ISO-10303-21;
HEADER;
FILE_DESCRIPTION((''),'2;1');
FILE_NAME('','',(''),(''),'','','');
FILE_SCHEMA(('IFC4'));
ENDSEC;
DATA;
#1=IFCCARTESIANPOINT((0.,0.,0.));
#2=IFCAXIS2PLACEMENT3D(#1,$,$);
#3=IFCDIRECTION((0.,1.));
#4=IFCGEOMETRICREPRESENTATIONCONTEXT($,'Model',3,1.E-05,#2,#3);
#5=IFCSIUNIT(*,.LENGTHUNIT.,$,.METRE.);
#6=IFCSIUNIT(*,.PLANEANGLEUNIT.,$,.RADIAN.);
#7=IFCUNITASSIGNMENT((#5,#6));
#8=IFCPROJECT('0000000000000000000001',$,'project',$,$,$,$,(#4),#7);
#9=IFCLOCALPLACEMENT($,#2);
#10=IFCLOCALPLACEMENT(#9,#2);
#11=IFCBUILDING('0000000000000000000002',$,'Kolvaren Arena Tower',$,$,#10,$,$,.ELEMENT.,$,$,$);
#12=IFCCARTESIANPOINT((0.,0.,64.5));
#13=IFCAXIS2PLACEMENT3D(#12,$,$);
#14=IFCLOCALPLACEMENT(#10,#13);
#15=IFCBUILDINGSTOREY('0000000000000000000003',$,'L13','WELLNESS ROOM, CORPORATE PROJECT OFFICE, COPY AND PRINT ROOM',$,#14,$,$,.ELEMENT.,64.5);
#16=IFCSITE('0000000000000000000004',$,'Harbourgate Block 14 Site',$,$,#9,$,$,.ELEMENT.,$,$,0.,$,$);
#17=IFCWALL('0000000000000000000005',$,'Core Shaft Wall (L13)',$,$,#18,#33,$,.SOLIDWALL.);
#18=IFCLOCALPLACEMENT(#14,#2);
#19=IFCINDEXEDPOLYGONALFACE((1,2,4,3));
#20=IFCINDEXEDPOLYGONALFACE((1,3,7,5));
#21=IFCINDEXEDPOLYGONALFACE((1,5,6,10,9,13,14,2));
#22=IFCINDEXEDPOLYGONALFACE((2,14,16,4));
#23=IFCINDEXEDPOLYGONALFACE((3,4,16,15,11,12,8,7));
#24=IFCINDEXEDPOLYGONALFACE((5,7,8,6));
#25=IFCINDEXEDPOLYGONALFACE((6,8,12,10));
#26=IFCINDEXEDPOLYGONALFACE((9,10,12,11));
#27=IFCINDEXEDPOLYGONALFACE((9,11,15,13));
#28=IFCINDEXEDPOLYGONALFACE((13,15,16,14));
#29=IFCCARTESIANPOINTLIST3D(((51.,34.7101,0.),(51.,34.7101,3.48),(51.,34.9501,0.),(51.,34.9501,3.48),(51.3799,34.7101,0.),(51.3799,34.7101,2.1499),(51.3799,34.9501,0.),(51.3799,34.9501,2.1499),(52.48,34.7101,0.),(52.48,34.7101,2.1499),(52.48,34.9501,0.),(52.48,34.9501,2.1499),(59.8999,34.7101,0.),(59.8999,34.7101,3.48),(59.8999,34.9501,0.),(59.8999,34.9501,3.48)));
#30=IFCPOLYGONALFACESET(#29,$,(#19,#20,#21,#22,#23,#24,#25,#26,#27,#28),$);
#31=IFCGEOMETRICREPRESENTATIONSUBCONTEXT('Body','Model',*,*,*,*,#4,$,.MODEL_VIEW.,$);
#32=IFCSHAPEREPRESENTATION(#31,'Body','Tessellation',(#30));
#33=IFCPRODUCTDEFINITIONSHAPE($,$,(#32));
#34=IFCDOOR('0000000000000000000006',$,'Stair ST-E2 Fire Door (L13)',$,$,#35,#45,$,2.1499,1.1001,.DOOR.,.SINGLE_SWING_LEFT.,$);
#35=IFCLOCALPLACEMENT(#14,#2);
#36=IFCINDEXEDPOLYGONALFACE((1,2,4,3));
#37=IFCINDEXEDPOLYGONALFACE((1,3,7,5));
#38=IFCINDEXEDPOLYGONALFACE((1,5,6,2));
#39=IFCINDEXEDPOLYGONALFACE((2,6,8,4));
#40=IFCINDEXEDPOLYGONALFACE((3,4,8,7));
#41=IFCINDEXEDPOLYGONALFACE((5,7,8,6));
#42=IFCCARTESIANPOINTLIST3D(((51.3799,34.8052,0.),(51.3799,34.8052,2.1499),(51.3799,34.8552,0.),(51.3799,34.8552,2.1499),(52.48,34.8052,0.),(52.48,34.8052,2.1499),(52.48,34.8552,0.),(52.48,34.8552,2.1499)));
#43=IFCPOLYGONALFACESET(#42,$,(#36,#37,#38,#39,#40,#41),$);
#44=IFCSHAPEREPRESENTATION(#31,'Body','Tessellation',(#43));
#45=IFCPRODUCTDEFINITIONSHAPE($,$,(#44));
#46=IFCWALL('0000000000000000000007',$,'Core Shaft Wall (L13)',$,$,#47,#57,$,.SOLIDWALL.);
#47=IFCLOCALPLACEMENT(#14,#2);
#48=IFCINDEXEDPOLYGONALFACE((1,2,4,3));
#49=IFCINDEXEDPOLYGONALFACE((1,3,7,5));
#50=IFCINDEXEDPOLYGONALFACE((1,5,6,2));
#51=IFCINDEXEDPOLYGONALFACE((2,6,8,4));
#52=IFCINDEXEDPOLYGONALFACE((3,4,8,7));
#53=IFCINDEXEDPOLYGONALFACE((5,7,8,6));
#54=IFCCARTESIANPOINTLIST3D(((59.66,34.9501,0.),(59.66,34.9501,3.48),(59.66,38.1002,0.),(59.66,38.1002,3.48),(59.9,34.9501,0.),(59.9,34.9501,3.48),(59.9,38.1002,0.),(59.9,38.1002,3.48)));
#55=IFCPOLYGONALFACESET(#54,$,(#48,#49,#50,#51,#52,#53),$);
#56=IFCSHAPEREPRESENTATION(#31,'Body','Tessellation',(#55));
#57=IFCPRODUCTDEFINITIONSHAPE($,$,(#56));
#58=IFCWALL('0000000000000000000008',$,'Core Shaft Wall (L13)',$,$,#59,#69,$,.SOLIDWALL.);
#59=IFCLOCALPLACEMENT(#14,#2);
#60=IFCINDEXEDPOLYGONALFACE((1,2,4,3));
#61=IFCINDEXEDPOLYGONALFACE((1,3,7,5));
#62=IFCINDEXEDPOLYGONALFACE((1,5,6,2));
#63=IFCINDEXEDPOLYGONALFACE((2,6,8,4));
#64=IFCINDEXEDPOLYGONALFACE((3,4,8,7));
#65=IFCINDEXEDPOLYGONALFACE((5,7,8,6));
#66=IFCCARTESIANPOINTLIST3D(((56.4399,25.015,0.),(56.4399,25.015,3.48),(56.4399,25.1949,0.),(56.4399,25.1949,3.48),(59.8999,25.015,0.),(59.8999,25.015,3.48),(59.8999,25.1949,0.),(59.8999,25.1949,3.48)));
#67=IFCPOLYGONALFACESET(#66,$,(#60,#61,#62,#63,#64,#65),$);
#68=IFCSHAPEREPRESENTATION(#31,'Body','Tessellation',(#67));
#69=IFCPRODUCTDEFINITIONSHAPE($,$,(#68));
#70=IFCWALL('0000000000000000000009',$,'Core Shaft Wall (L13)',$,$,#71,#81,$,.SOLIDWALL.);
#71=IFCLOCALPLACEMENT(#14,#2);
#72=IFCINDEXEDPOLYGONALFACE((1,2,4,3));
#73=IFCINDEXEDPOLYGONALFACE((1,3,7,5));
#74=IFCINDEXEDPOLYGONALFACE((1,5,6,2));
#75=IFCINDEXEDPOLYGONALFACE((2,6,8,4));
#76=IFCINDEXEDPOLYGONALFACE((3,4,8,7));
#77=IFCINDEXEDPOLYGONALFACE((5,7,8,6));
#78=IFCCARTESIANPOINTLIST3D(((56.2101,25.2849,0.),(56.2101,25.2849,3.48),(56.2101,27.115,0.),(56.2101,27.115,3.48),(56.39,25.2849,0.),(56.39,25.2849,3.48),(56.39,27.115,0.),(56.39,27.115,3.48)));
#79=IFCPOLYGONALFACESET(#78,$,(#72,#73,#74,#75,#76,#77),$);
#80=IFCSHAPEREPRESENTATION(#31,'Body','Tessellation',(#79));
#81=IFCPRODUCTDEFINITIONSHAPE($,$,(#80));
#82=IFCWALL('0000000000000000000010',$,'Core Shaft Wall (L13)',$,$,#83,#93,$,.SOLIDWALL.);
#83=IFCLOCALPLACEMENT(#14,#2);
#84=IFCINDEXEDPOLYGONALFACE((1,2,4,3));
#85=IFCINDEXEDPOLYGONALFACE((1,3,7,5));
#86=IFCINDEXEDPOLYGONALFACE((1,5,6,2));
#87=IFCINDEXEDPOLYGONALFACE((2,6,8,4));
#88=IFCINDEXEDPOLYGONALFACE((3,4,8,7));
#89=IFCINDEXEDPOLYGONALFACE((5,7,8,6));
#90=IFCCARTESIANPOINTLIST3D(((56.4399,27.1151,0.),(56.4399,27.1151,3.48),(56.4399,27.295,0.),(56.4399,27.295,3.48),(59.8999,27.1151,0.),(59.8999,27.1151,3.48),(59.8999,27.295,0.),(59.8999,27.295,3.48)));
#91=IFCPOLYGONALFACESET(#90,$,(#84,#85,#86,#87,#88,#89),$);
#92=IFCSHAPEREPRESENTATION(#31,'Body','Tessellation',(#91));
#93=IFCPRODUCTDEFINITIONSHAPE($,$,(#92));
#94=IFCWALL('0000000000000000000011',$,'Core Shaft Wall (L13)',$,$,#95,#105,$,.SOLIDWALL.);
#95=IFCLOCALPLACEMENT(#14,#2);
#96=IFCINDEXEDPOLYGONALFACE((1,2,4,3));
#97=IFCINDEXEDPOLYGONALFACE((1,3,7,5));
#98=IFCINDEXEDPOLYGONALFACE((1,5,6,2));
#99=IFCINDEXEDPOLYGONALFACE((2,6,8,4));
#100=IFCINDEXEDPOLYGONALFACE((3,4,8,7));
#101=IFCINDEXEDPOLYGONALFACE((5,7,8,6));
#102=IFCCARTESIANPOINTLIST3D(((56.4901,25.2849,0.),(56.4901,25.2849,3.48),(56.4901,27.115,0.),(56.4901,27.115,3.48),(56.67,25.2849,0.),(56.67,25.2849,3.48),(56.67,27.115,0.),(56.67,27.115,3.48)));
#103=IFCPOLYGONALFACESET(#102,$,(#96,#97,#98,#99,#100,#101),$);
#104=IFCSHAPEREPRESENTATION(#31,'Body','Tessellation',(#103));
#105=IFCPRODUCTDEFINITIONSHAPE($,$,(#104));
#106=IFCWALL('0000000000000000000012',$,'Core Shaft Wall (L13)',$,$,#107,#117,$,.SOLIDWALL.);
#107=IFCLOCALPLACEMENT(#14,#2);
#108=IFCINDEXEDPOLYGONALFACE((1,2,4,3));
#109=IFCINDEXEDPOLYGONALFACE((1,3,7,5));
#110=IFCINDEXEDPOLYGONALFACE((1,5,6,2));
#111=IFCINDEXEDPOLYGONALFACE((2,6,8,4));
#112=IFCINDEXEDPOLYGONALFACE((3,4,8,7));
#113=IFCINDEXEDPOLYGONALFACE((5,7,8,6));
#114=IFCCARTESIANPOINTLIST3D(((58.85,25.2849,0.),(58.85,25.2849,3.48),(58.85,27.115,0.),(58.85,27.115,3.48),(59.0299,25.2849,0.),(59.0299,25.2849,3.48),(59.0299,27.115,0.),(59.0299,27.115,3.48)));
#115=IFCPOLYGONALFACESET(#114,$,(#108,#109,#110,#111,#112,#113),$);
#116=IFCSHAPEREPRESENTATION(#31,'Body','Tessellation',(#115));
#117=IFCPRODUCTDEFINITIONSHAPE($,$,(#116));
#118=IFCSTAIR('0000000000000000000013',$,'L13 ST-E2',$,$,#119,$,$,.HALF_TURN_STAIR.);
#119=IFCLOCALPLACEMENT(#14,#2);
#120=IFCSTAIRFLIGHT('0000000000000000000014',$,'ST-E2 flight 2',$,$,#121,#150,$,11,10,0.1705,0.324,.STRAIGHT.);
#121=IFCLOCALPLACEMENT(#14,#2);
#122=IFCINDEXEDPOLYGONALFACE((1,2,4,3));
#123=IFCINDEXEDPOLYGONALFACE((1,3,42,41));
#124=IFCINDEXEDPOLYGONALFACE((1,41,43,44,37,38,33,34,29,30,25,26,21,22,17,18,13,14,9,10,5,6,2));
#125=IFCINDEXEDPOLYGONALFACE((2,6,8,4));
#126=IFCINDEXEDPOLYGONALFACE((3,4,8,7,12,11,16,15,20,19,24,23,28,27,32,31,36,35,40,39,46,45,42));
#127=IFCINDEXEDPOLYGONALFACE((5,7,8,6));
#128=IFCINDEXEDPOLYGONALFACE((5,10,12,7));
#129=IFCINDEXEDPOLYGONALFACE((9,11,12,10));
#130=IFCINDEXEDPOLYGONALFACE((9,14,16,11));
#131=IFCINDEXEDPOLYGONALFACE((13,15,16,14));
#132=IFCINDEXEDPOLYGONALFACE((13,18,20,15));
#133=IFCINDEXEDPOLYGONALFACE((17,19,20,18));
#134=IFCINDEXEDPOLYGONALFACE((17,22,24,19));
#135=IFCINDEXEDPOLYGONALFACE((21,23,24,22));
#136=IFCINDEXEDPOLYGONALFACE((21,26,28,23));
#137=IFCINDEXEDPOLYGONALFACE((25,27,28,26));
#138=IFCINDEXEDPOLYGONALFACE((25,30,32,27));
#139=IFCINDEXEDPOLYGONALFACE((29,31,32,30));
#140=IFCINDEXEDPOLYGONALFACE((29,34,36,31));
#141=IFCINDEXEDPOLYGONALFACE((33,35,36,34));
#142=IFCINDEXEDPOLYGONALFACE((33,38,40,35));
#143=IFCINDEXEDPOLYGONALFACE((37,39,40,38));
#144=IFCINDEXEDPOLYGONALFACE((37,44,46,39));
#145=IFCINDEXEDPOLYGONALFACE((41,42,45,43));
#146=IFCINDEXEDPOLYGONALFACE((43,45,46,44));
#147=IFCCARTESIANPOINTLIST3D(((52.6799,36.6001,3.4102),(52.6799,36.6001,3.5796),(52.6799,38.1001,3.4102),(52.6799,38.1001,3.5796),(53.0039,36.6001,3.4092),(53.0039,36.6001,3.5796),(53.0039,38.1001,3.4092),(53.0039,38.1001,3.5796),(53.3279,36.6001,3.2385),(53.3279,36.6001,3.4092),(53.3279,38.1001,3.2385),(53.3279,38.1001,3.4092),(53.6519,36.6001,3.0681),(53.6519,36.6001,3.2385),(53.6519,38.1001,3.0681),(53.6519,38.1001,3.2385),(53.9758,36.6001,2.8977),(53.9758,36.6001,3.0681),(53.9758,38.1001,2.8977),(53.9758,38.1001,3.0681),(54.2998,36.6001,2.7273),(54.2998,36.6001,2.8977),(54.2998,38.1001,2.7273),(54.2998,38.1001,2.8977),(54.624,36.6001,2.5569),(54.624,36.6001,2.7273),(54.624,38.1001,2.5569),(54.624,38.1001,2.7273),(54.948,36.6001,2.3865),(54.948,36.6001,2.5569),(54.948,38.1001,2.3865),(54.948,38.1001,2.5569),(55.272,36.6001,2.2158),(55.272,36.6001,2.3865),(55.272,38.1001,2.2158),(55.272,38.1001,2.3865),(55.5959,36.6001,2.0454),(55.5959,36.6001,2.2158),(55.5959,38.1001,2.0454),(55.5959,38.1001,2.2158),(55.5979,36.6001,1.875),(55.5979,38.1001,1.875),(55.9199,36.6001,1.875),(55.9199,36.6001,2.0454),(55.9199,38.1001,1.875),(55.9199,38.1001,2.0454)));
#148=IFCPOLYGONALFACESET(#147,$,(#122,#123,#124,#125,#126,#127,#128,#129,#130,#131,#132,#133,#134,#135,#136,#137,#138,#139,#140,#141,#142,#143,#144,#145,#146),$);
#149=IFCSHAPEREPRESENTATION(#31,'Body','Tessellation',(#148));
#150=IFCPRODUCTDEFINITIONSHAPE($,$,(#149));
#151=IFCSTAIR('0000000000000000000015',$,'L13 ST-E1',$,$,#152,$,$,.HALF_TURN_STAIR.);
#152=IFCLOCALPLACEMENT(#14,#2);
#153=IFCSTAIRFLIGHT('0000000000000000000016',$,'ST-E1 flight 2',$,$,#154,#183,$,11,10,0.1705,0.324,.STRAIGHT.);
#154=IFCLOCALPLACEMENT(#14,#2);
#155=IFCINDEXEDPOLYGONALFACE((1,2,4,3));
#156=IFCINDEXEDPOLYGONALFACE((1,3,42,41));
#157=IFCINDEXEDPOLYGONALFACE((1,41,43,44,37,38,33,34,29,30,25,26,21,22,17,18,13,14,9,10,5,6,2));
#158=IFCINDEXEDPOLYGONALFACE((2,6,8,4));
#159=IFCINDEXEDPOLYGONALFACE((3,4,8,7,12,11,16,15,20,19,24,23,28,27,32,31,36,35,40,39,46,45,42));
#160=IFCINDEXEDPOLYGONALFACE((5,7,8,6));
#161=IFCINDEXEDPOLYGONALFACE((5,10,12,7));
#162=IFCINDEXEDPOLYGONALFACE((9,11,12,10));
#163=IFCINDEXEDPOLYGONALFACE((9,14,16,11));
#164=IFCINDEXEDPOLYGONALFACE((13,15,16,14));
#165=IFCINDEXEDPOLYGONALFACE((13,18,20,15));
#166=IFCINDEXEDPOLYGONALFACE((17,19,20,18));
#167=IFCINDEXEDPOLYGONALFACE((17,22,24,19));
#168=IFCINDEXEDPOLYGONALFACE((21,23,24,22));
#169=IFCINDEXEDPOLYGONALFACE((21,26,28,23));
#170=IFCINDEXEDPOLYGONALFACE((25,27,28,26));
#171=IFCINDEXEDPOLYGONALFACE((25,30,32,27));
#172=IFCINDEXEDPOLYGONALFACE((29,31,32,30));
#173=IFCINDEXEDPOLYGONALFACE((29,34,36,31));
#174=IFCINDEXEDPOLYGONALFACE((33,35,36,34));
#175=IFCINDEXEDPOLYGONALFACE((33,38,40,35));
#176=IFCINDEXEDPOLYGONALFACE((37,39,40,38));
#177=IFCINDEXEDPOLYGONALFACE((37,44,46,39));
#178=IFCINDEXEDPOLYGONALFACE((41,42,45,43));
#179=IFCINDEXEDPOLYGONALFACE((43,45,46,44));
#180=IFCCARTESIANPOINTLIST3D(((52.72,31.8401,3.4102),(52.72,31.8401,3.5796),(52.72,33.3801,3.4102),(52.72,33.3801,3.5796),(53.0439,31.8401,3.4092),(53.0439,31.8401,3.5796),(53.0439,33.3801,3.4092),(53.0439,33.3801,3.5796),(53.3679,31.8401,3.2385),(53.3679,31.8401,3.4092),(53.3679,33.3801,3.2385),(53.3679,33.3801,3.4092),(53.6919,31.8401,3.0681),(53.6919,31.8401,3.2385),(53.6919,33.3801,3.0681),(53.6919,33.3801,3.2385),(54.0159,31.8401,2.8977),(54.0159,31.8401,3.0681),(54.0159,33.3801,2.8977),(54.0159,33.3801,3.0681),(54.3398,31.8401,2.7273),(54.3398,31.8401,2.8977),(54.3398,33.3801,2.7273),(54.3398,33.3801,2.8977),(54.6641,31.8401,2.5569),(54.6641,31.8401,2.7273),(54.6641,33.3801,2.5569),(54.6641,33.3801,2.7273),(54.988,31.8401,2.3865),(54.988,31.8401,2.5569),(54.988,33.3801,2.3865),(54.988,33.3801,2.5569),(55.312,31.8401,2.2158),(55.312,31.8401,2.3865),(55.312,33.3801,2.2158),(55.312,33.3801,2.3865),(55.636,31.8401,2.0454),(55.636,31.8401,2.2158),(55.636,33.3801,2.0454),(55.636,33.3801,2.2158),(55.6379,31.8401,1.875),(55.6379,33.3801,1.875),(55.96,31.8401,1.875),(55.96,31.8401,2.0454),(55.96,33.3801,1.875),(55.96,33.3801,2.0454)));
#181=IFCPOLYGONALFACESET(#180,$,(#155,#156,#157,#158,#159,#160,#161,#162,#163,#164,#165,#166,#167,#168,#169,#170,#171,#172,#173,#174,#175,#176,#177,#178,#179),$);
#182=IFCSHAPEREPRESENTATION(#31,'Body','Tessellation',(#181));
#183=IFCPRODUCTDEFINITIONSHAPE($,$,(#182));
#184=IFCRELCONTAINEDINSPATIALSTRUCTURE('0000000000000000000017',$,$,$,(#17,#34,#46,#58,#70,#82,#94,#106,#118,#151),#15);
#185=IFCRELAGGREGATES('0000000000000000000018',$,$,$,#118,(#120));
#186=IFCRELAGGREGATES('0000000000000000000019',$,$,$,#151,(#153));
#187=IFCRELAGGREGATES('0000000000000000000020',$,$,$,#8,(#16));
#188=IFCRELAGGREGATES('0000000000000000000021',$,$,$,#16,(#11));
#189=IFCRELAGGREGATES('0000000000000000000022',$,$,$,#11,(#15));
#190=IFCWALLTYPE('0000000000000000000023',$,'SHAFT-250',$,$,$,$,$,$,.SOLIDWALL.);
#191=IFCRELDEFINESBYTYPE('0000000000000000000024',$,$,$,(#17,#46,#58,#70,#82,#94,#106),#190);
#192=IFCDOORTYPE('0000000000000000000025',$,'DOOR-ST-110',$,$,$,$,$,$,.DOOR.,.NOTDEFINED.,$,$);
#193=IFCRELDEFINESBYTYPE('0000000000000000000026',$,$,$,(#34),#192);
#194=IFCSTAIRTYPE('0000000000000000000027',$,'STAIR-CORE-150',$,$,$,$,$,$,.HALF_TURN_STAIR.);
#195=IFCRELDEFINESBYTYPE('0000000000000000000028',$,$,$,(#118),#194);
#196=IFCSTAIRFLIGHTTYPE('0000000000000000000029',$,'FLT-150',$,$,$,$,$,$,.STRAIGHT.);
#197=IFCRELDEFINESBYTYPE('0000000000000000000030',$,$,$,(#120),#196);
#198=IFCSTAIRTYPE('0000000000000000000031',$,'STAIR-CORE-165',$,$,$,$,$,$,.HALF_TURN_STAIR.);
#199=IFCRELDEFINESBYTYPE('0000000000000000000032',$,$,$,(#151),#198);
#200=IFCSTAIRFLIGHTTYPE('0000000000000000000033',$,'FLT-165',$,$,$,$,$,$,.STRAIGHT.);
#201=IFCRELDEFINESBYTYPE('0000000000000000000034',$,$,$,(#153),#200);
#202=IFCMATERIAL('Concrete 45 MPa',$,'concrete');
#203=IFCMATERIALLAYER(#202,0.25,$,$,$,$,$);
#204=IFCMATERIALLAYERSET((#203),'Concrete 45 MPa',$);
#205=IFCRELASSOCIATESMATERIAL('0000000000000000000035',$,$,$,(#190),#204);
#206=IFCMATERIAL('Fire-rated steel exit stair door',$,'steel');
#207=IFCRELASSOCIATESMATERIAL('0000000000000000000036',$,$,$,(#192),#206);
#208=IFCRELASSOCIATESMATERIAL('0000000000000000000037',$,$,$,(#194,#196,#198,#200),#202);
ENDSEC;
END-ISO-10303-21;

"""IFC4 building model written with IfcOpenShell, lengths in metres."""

from ifc_helpers import new_model, si_unit, direction, frame, frame_2d, origin, place, context, subcontext, project, spatial, polyline, rectangle, outline, extrude, material, layer, layer_set, type_object, element, fill, aggregate, save


model = new_model("IFC4")

# Units and contexts
model_context = context("Model", 3, precision=1e-05, world=origin(), true_north=direction((0.0, 1.0)))
body_context = subcontext(model_context, "Body", "Model", "MODEL_VIEW")
ifc_project = project(units=[si_unit("LENGTHUNIT", "METRE"), si_unit("PLANEANGLEUNIT", "RADIAN")], contexts=[model_context])

# Site, building, storey
site_placement = place(None, origin())
site = spatial("IfcSite", under=ifc_project, at=site_placement, Name="Harbourgate Block 14 Site", CompositionType="ELEMENT", RefElevation=0.0)
building_placement = place(site_placement, origin())
building = spatial("IfcBuilding", under=site, at=building_placement, Name="Kolvaren Arena Tower", CompositionType="ELEMENT")
storey_placement = place(building_placement, frame((0.0, 0.0, 64.5)))
storey = spatial("IfcBuildingStorey", under=building, at=storey_placement, Name="L13", Description="WELLNESS ROOM, CORPORATE PROJECT OFFICE, COPY AND PRINT ROOM", CompositionType="ELEMENT", Elevation=64.5)

# Shared definitions
ifc_material_1 = material(Name="Concrete 45 MPa", Category="concrete")
ifc_layer = layer(ifc_material_1, 0.25)
ifc_layer_set = layer_set([ifc_layer], Name="Concrete 45 MPa")
wall_type = type_object("IfcWallType", Name="SHAFT-250", PredefinedType="SOLIDWALL", material=ifc_layer_set)
ifc_material_2 = material(Name="Fire-rated steel exit stair door", Category="steel")
door_type = type_object("IfcDoorType", Name="DOOR-ST-110", OperationType="NOTDEFINED", PredefinedType="DOOR", material=ifc_material_2)

# Wall, opening, door
wall_1_placement = place(storey_placement, frame((59.8999, 34.8301, 0.0), z_axis=(0.0, 0.0, 1.0), x_axis=(-1.0, 0.0, 0.0)))
wall_1 = element("IfcWall", 1, at=wall_1_placement, inside=storey, type_object=wall_type, Name="Core Shaft Wall (L13)", PredefinedType="SOLIDWALL", context=body_context, shape_type="SweptSolid", body=[
    extrude(rectangle(XDim=8.8999, YDim=0.24, at=frame_2d((4.45, 0.0))), origin(), (0.0, 0.0, 1.0), 3.48),
])
opening_1_placement = place(wall_1_placement, frame((7.4199, 0.0, 0.0)))
opening_1 = element("IfcOpeningElement", 2, at=opening_1_placement, cuts=wall_1, PredefinedType="OPENING", context=body_context, shape_type="SweptSolid", body=[
    extrude(rectangle(XDim=1.1001, YDim=2.1499, at=frame_2d((0.55, 1.075))), frame((0.0, 0.1299, 0.0), z_axis=(0.0, -1.0, 0.0), x_axis=(1.0, 0.0, 0.0)), (0.0, 0.0, 1.0), 0.26),
])
door_1_placement = place(opening_1_placement, origin())
door_1 = element("IfcDoor", 3, at=door_1_placement, inside=storey, type_object=door_type, Name="Stair ST-E2 Fire Door (L13)", OperationType="SINGLE_SWING_LEFT", OverallHeight=2.1499, OverallWidth=1.1001, PredefinedType="DOOR", context=body_context, shape_type="SweptSolid", body=[
    extrude(rectangle(XDim=1.1001, YDim=2.1499, at=frame_2d((0.55, 1.075))), frame((0.0, 0.0249, 0.0), z_axis=(0.0, -1.0, 0.0), x_axis=(1.0, 0.0, 0.0)), (0.0, 0.0, 1.0), 0.05),
])
fill(opening_1, door_1)

# Walls
wall_2_placement = place(storey_placement, frame((59.78, 34.95, 0.0), z_axis=(0.0, 0.0, 1.0), x_axis=(0.0, 1.0, 0.0)))
element("IfcWall", 4, at=wall_2_placement, inside=storey, type_object=wall_type, Name="Core Shaft Wall (L13)", PredefinedType="SOLIDWALL", context=body_context, shape_type="SweptSolid", body=[
    extrude(rectangle(XDim=3.1501, YDim=0.24, at=frame_2d((1.5752, 0.0))), origin(), (0.0, 0.0, 1.0), 3.48),
])
wall_3_placement = place(storey_placement, frame((56.4399, 25.105, 0.0), z_axis=(0.0, 0.0, 1.0), x_axis=(1.0, 0.0, 0.0)))
element("IfcWall", 5, at=wall_3_placement, inside=storey, type_object=wall_type, Name="Core Shaft Wall (L13)", PredefinedType="SOLIDWALL", context=body_context, shape_type="SweptSolid", body=[
    extrude(rectangle(XDim=3.46, YDim=0.1799, at=frame_2d((1.73, 0.0))), origin(), (0.0, 0.0, 1.0), 3.48),
])
wall_4_placement = place(storey_placement, frame((56.3, 25.2849, 0.0), z_axis=(0.0, 0.0, 1.0), x_axis=(0.0, 1.0, 0.0)))
element("IfcWall", 6, at=wall_4_placement, inside=storey, type_object=wall_type, Name="Core Shaft Wall (L13)", PredefinedType="SOLIDWALL", context=body_context, shape_type="SweptSolid", body=[
    extrude(rectangle(XDim=1.8301, YDim=0.1799, at=frame_2d((0.915, 0.0))), origin(), (0.0, 0.0, 1.0), 3.48),
])
wall_5_placement = place(storey_placement, frame((56.4399, 27.2051, 0.0), z_axis=(0.0, 0.0, 1.0), x_axis=(1.0, 0.0, 0.0)))
element("IfcWall", 7, at=wall_5_placement, inside=storey, type_object=wall_type, Name="Core Shaft Wall (L13)", PredefinedType="SOLIDWALL", context=body_context, shape_type="SweptSolid", body=[
    extrude(rectangle(XDim=3.46, YDim=0.1799, at=frame_2d((1.73, 0.0))), origin(), (0.0, 0.0, 1.0), 3.48),
])
for number, where, z_axis, x_axis, name in (
    (8, (56.5801, 25.2849, 0.0), (0.0, 0.0, 1.0), (0.0, 1.0, 0.0), "Core Shaft Wall (L13)"),
    (9, (58.9399, 25.2849, 0.0), (0.0, 0.0, 1.0), (0.0, 1.0, 0.0), "Core Shaft Wall (L13)"),
):
    element("IfcWall", number, at=place(storey_placement, frame(where, z_axis=z_axis, x_axis=x_axis)), inside=storey, type_object=wall_type, Name=name, PredefinedType="SOLIDWALL", context=body_context, shape_type="SweptSolid", body=[
        extrude(rectangle(XDim=1.8301, YDim=0.1799, at=frame_2d((0.915, 0.0))), origin(), (0.0, 0.0, 1.0), 3.48),
    ])

# Stairs, stair flights
stair_type_1 = type_object("IfcStairType", Name="STAIR-CORE-150", PredefinedType="HALF_TURN_STAIR", material=ifc_material_1)
stair_1_placement = place(storey_placement, origin())
stair_1 = element("IfcStair", 10, at=stair_1_placement, inside=storey, type_object=stair_type_1, Name="L13 ST-E2", PredefinedType="HALF_TURN_STAIR")
stair_flight_type_1 = type_object("IfcStairFlightType", Name="FLT-150", PredefinedType="STRAIGHT", material=ifc_material_1)
stair_flight_1_placement = place(storey_placement, frame((55.9199, 37.3501, 1.875), z_axis=(0.0, 0.0, 1.0), x_axis=(-1.0, 0.0, 0.0)))
stair_flight_1 = element("IfcStairFlight", 11, at=stair_flight_1_placement, type_object=stair_flight_type_1, Name="ST-E2 flight 2", NumberOfRisers=11, NumberOfTreads=10, PredefinedType="STRAIGHT", RiserHeight=0.1705, TreadLength=0.324, context=body_context, shape_type="SweptSolid", body=[
    extrude(outline(polyline([(0.0, 0.0), (0.0, 0.1704), (0.324, 0.1704), (0.324, 0.3408), (0.6479, 0.3408), (0.6479, 0.5115), (0.9719, 0.5115), (0.9719, 0.6819), (1.2959, 0.6819), (1.2959, 0.8523), (1.6201, 0.8523), (1.6201, 1.0227), (1.9441, 1.0227), (1.9441, 1.1931), (2.2681, 1.1931), (2.2681, 1.3635), (2.592, 1.3635), (2.592, 1.5342), (2.916, 1.5342), (2.916, 1.7046), (3.24, 1.7046), (3.24, 1.875), (3.24, 1.5352), (0.322, 0.0), (0.0, 0.0)])), frame((0.0, 0.75, 0.0), z_axis=(0.0, -1.0, 0.0), x_axis=(1.0, 0.0, 0.0)), (0.0, 0.0, 1.0), 1.5),
])
aggregate(stair_1, [stair_flight_1])
stair_type_2 = type_object("IfcStairType", Name="STAIR-CORE-165", PredefinedType="HALF_TURN_STAIR", material=ifc_material_1)
stair_2_placement = place(storey_placement, origin())
stair_2 = element("IfcStair", 12, at=stair_2_placement, inside=storey, type_object=stair_type_2, Name="L13 ST-E1", PredefinedType="HALF_TURN_STAIR")
stair_flight_type_2 = type_object("IfcStairFlightType", Name="FLT-165", PredefinedType="STRAIGHT", material=ifc_material_1)
stair_flight_2_placement = place(storey_placement, frame((55.96, 32.6101, 1.875), z_axis=(0.0, 0.0, 1.0), x_axis=(-1.0, 0.0, 0.0)))
stair_flight_2 = element("IfcStairFlight", 13, at=stair_flight_2_placement, type_object=stair_flight_type_2, Name="ST-E1 flight 2", NumberOfRisers=11, NumberOfTreads=10, PredefinedType="STRAIGHT", RiserHeight=0.1705, TreadLength=0.324, context=body_context, shape_type="SweptSolid", body=[
    extrude(outline(polyline([(0.0, 0.0), (0.0, 0.1704), (0.324, 0.1704), (0.324, 0.3408), (0.6479, 0.3408), (0.6479, 0.5115), (0.9719, 0.5115), (0.9719, 0.6819), (1.2959, 0.6819), (1.2959, 0.8523), (1.6201, 0.8523), (1.6201, 1.0227), (1.9441, 1.0227), (1.9441, 1.1931), (2.2681, 1.1931), (2.2681, 1.3635), (2.592, 1.3635), (2.592, 1.5342), (2.916, 1.5342), (2.916, 1.7046), (3.24, 1.7046), (3.24, 1.875), (3.24, 1.5352), (0.322, 0.0), (0.0, 0.0)])), frame((0.0, 0.77, 0.0), z_axis=(0.0, -1.0, 0.0), x_axis=(1.0, 0.0, 0.0)), (0.0, 0.0, 1.0), 1.54),
])
aggregate(stair_2, [stair_flight_2])

save(model, "model.ifc")
